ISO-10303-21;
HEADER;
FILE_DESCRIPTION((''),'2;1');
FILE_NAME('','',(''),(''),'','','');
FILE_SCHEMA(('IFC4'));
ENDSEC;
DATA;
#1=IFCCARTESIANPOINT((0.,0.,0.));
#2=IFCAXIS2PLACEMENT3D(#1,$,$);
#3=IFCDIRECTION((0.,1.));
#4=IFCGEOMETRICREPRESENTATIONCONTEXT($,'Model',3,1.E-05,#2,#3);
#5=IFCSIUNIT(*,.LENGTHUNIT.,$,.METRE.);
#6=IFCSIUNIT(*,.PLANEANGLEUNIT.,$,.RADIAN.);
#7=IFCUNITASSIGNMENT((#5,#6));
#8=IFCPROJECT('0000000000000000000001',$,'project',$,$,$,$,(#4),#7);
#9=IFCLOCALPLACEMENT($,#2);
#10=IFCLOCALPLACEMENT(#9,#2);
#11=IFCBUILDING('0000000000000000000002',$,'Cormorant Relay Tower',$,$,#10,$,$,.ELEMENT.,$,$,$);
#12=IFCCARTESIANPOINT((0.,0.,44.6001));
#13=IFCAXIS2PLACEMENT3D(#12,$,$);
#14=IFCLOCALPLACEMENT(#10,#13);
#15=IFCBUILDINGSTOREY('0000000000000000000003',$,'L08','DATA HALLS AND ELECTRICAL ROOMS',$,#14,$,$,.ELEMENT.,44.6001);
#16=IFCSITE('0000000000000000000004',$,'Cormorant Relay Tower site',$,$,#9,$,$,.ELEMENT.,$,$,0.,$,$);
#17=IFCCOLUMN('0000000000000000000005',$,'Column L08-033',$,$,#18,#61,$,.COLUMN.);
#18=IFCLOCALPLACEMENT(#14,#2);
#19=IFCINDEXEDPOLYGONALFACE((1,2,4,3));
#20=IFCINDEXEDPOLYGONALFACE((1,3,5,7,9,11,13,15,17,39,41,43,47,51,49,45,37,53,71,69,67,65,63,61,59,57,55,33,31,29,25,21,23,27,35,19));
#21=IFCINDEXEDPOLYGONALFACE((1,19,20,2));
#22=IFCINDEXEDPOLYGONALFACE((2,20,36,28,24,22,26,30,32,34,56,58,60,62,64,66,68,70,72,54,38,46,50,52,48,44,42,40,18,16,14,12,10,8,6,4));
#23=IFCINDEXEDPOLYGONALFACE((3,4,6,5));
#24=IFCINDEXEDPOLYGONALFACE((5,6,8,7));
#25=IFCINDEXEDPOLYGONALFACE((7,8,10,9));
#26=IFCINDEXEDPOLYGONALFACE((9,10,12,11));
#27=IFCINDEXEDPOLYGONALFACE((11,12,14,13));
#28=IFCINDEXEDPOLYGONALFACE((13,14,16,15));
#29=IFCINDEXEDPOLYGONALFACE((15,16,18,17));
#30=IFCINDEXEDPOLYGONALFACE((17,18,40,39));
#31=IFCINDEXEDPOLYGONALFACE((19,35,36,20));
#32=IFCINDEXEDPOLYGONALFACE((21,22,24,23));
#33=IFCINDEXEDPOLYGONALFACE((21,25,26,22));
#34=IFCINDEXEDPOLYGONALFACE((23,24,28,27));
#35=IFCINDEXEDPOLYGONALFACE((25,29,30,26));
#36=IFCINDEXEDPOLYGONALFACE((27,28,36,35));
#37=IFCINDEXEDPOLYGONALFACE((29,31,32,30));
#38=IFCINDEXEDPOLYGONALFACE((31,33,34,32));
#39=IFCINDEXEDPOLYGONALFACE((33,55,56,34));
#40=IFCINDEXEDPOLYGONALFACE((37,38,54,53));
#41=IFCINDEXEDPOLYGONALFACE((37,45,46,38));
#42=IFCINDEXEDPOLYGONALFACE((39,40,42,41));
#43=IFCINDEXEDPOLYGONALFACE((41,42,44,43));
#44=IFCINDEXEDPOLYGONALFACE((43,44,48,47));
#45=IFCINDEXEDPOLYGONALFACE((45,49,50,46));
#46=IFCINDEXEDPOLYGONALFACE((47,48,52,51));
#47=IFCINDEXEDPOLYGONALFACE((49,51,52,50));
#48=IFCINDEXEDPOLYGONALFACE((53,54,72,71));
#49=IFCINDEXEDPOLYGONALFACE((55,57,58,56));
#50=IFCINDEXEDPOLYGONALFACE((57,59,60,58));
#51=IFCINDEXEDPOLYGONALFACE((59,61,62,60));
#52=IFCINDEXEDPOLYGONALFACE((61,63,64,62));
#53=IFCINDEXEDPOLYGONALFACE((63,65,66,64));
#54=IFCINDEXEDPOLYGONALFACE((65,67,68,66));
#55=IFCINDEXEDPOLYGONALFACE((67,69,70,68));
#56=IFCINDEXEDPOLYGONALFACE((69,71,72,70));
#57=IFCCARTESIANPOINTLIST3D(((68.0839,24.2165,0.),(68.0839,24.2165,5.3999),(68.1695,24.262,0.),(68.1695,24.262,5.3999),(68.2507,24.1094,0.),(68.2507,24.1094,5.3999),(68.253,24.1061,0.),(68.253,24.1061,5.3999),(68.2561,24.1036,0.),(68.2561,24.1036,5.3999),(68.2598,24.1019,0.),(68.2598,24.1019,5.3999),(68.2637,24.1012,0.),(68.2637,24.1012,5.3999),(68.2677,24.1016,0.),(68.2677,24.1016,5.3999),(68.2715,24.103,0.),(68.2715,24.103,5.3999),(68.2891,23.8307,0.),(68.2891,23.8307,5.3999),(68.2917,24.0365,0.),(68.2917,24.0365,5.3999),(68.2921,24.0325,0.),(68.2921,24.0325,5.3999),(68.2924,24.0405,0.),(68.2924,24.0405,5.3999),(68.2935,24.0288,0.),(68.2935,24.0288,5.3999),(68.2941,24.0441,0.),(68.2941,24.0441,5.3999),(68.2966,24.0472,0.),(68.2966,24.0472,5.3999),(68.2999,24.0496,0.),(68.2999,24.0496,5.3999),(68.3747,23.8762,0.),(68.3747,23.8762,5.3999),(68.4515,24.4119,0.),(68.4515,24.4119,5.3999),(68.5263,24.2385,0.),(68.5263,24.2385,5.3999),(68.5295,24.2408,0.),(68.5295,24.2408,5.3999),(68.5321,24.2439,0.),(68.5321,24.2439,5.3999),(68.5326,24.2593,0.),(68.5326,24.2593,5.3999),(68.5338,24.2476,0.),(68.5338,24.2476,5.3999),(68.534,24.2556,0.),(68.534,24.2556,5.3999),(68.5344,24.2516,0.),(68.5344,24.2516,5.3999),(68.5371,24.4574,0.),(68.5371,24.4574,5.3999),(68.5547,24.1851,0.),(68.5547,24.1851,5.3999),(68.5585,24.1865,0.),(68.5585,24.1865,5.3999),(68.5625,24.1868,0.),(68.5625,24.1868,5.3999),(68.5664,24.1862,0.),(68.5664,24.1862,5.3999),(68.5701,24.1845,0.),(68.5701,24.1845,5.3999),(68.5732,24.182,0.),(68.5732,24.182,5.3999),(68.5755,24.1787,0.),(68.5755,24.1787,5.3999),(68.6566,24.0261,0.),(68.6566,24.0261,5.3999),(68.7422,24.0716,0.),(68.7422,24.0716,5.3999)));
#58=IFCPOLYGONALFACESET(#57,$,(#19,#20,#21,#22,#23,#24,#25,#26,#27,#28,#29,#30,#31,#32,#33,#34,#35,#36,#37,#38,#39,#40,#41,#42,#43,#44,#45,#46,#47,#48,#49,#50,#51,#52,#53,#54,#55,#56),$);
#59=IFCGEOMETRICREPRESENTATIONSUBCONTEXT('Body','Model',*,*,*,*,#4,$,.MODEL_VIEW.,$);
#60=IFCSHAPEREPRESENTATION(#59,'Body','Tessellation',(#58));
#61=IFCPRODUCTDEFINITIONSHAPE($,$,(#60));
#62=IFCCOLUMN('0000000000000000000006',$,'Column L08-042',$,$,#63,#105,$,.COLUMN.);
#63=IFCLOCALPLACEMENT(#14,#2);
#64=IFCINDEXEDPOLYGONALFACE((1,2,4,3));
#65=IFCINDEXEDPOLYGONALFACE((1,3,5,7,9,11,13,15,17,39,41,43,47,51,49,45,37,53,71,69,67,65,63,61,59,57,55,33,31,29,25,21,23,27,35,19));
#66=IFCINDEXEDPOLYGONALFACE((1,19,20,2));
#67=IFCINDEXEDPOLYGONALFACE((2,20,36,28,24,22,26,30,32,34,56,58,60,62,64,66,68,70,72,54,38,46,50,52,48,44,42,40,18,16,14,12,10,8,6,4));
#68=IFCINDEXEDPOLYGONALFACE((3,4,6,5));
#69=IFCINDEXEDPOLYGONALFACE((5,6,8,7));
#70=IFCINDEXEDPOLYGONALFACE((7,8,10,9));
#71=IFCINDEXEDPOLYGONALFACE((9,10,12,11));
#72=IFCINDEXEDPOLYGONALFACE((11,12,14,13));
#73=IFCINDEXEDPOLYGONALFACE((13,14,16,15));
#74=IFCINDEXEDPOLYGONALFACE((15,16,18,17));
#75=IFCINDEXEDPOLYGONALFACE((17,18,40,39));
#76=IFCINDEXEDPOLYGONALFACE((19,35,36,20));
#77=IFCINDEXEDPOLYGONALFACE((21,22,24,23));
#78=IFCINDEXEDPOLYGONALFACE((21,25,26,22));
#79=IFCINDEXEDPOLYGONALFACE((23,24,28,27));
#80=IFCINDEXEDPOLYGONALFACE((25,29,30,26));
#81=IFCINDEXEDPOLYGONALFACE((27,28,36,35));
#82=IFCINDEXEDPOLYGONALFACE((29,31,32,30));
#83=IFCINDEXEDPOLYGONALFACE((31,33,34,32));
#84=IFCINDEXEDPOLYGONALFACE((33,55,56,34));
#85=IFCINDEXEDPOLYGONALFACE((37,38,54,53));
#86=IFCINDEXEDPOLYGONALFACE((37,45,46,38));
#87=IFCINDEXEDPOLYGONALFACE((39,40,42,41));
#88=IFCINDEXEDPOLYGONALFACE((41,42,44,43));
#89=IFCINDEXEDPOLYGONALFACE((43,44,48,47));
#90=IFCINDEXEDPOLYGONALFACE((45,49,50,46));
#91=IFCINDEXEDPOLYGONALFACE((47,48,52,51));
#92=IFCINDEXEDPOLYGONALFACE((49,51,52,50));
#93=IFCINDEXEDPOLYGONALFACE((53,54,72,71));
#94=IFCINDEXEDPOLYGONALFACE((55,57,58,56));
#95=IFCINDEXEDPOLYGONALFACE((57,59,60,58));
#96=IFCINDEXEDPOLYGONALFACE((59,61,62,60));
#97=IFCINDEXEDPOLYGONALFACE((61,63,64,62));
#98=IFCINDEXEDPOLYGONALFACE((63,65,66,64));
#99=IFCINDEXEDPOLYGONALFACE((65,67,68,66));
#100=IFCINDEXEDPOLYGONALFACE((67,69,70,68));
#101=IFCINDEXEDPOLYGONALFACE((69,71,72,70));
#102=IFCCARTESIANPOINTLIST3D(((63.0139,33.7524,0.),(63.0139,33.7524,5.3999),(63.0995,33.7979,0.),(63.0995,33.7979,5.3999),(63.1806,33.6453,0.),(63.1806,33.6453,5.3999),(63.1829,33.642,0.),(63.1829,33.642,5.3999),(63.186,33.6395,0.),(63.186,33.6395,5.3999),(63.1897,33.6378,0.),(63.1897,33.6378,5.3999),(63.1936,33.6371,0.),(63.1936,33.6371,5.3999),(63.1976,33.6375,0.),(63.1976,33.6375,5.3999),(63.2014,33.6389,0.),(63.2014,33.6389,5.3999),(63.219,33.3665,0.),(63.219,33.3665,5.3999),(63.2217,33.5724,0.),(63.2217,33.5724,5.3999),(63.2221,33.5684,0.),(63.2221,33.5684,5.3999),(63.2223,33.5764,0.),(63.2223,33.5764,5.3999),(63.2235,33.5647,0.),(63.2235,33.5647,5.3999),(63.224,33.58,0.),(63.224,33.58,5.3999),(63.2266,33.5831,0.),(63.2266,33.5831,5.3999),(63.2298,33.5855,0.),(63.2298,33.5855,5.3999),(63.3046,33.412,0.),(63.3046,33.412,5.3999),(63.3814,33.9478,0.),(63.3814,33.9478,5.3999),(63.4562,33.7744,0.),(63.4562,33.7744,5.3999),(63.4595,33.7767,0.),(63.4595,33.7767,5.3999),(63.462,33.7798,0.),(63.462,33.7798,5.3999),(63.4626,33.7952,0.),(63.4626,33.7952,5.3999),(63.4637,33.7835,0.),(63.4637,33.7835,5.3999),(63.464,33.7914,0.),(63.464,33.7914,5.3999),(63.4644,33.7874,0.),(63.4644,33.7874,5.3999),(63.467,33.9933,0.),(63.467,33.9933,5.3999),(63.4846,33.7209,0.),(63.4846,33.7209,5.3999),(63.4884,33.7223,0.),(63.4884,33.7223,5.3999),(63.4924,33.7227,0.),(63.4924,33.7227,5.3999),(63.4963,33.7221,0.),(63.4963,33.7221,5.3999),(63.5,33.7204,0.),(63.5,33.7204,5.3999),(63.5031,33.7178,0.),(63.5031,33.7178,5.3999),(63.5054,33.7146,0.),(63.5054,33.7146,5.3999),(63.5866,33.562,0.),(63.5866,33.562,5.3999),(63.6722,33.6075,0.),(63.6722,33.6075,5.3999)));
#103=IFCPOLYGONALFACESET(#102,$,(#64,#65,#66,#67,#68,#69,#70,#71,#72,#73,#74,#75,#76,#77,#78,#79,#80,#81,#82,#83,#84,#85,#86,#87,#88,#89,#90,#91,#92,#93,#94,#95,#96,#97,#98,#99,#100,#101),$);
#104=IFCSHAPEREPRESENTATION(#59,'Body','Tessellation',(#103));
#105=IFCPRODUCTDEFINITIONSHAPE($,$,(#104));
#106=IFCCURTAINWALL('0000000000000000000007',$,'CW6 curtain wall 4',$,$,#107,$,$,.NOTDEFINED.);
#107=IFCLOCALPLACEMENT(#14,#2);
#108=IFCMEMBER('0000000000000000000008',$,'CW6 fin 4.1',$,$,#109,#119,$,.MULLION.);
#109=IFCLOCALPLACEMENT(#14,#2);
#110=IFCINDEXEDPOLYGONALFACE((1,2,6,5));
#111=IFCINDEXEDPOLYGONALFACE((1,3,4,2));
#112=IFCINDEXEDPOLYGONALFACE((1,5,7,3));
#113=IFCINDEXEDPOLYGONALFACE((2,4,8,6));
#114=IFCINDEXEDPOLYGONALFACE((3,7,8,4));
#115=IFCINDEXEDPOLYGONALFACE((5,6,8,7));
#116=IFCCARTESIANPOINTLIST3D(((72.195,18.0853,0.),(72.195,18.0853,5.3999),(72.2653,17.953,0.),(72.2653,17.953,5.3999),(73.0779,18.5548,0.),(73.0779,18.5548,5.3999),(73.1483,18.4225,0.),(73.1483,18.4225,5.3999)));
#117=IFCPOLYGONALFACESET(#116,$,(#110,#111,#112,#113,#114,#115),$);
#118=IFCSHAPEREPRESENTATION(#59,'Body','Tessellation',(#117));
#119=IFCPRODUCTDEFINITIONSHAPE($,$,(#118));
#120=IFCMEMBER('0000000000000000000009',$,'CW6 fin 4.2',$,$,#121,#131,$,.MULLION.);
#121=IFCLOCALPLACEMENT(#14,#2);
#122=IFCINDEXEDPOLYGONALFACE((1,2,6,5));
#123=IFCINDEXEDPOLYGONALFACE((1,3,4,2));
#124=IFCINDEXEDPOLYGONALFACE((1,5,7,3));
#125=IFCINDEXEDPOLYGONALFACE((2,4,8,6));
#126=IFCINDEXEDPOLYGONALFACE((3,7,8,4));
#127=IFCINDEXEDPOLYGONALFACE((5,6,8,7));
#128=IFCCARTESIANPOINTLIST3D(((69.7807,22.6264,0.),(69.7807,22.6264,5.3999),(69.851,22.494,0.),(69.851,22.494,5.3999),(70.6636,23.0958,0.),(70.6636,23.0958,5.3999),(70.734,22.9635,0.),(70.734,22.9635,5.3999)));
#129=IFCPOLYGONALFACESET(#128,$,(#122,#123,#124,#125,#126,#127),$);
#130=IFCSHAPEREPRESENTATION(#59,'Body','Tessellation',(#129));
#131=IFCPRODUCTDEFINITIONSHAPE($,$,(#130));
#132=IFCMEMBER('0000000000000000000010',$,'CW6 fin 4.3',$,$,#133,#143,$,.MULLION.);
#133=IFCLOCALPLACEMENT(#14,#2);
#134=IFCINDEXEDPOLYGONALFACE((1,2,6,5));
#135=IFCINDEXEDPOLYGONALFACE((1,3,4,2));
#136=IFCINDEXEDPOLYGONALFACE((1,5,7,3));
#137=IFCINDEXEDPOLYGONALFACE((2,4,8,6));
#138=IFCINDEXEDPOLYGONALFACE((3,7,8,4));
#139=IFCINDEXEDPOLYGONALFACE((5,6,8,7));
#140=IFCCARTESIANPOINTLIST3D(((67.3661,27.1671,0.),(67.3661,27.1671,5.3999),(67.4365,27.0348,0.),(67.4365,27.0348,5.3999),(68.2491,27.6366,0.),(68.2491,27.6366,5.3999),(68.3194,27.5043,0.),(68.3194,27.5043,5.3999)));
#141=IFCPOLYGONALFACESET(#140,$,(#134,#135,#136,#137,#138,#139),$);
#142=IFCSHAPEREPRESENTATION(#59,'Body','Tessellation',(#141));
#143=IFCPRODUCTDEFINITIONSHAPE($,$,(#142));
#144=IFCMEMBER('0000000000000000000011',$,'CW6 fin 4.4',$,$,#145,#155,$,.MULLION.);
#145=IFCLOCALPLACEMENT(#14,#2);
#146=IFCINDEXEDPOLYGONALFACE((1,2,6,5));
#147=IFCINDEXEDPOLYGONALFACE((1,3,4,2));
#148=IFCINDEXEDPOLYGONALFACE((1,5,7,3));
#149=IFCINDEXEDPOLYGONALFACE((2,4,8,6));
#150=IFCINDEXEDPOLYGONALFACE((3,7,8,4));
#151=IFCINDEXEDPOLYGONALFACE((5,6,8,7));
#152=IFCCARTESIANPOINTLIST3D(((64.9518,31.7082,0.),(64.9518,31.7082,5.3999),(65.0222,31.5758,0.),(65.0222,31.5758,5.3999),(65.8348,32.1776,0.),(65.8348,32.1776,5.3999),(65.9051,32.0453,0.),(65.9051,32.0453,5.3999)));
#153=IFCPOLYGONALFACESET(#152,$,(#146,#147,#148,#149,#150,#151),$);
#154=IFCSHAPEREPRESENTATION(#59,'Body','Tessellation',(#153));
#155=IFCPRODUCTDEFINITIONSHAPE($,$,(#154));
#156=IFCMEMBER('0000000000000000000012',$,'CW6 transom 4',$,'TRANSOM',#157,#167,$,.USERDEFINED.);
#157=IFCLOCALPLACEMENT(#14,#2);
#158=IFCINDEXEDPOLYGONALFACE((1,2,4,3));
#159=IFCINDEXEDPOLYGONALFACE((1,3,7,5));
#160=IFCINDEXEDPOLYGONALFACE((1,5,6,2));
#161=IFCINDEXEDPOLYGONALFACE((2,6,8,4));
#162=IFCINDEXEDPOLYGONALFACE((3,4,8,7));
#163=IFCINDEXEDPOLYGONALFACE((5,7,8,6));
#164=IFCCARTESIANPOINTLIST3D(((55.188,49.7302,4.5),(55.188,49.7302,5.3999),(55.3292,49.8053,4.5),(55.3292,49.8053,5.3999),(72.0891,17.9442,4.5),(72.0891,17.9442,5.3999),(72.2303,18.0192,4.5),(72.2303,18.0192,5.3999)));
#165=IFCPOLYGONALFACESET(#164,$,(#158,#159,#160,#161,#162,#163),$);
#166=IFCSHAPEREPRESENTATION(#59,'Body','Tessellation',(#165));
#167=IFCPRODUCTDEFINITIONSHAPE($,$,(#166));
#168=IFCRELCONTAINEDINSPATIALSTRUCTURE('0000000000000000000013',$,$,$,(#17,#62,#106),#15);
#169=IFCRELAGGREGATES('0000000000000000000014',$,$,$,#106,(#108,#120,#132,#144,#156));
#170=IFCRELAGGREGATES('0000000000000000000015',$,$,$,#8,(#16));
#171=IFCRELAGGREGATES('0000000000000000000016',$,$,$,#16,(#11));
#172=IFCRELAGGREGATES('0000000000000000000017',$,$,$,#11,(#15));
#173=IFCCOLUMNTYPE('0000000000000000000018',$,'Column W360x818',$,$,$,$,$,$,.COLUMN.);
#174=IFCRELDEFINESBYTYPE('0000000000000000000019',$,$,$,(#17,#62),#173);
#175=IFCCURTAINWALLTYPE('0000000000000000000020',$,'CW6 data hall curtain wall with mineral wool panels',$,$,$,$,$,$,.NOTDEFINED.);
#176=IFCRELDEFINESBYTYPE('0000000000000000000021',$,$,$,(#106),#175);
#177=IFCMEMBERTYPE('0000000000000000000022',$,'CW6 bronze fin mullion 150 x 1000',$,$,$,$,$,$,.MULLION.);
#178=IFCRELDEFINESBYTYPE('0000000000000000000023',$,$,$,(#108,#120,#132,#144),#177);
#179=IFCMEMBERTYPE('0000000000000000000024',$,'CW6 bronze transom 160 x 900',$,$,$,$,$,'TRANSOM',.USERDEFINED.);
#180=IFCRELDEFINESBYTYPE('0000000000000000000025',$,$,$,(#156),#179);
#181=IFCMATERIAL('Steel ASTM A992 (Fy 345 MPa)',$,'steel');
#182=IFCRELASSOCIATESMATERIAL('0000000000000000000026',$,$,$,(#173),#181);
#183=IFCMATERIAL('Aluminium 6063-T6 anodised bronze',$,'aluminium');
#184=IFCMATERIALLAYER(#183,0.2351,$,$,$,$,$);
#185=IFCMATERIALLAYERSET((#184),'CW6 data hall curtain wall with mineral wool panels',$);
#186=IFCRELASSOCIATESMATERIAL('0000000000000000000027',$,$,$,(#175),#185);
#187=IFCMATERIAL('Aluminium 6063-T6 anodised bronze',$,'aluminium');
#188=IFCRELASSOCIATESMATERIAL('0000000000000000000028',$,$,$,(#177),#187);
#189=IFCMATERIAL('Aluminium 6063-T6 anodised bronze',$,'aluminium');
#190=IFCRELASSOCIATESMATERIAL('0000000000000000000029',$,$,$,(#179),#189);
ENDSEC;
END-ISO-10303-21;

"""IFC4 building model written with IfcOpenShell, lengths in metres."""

from ifc_helpers import new_model, si_unit, direction, frame, origin, origin_2d, place, context, subcontext, project, spatial, rectangle, i_section, extrude, material, layer, layer_set, material_profile, profile_set, type_object, element, aggregate, save


model = new_model("IFC4")

# Units and contexts
model_context = context("Model", 3, precision=1e-05, world=origin(), true_north=direction((0.0, 1.0)))
body_context = subcontext(model_context, "Body", "Model", "MODEL_VIEW")
ifc_project = project(units=[si_unit("LENGTHUNIT", "METRE"), si_unit("PLANEANGLEUNIT", "RADIAN")], contexts=[model_context])

# Site, building, storey
site_placement = place(None, origin())
site = spatial("IfcSite", under=ifc_project, at=site_placement, Name="Cormorant Relay Tower site", CompositionType="ELEMENT", RefElevation=0.0)
building_placement = place(site_placement, origin())
building = spatial("IfcBuilding", under=site, at=building_placement, Name="Cormorant Relay Tower", CompositionType="ELEMENT")
storey_placement = place(building_placement, frame((0.0, 0.0, 44.6001)))
storey = spatial("IfcBuildingStorey", under=building, at=storey_placement, Name="L08", Description="DATA HALLS AND ELECTRICAL ROOMS", CompositionType="ELEMENT", Elevation=44.6001)

# Columns
ifc_material_1 = material(Name="Steel ASTM A992 (Fy 345 MPa)", Category="steel")
ifc_material_profile_1 = material_profile(ifc_material_1, i_section(OverallWidth=0.437, OverallDepth=0.5132, WebThickness=0.0605, FlangeThickness=0.0969, FilletRadius=0.0154, at=origin_2d()), Name="W360x818")
ifc_profile_set_1 = profile_set([ifc_material_profile_1], Name="Steel ASTM A992 (Fy 345 MPa)")
column_type_1 = type_object("IfcColumnType", Name="Column W360x818", PredefinedType="COLUMN", material=ifc_profile_set_1)
for number, where, z_axis, x_axis, name in (
    (1, (68.4131, 24.144, 0.0), (0.0, 0.0, 1.0), (-0.469472, 0.882948, 0.0), "Column L08-033"),
    (2, (63.343, 33.6799, 0.0), (0.0, 0.0, 1.0), (-0.469472, 0.882948, 0.0), "Column L08-042"),
):
    element("IfcColumn", number, at=place(storey_placement, frame(where, z_axis=z_axis, x_axis=x_axis)), inside=storey, type_object=column_type_1, Name=name, PredefinedType="COLUMN", context=body_context, shape_type="SweptSolid", body=[
        extrude(i_section(OverallWidth=0.437, OverallDepth=0.5132, WebThickness=0.0605, FlangeThickness=0.0969, FilletRadius=0.0154, at=origin_2d()), origin(), (0.0, 0.0, 1.0), 5.3999),
    ])

# Curtain wall, members
ifc_material_2 = material(Name="Aluminium 6063-T6 anodised bronze", Category="aluminium")
ifc_layer_1 = layer(ifc_material_2, 0.2351)
ifc_layer_set_1 = layer_set([ifc_layer_1], Name="CW6 data hall curtain wall with mineral wool panels")
curtain_wall_type = type_object("IfcCurtainWallType", Name="CW6 data hall curtain wall with mineral wool panels", PredefinedType="NOTDEFINED", material=ifc_layer_set_1)
curtain_wall_1_placement = place(storey_placement, origin())
curtain_wall_1 = element("IfcCurtainWall", 3, at=curtain_wall_1_placement, inside=storey, type_object=curtain_wall_type, Name="CW6 curtain wall 4", PredefinedType="NOTDEFINED")
ifc_material_3 = material(Name="Aluminium 6063-T6 anodised bronze", Category="aluminium")
ifc_material_profile_2 = material_profile(ifc_material_3, rectangle(XDim=0.1499, YDim=1.0, at=origin_2d()), Name="AL 150x1000")
ifc_profile_set_2 = profile_set([ifc_material_profile_2], Name="Aluminium 6063-T6 anodised bronze")
member_type_1 = type_object("IfcMemberType", Name="CW6 bronze fin mullion 150 x 1000", PredefinedType="MULLION", material=ifc_profile_set_2)
member_1_placement = place(storey_placement, frame((72.6716, 18.2539, 0.0), z_axis=(0.0, 0.0, 1.0), x_axis=(-0.469472, 0.882948, 0.0)))
member_1 = element("IfcMember", 4, at=member_1_placement, type_object=member_type_1, Name="CW6 fin 4.1", PredefinedType="MULLION", context=body_context, shape_type="SweptSolid", body=[
    extrude(rectangle(XDim=0.1499, YDim=1.0, at=origin_2d()), origin(), (0.0, 0.0, 1.0), 5.3999),
])
member_2_placement = place(storey_placement, frame((70.2573, 22.7949, 0.0), z_axis=(0.0, 0.0, 1.0), x_axis=(-0.469472, 0.882948, 0.0)))
member_2 = element("IfcMember", 5, at=member_2_placement, type_object=member_type_1, Name="CW6 fin 4.2", PredefinedType="MULLION", context=body_context, shape_type="SweptSolid", body=[
    extrude(rectangle(XDim=0.1499, YDim=1.0, at=origin_2d()), origin(), (0.0, 0.0, 1.0), 5.3999),
])
member_3_placement = place(storey_placement, frame((67.8428, 27.3357, 0.0), z_axis=(0.0, 0.0, 1.0), x_axis=(-0.469472, 0.882948, 0.0)))
member_3 = element("IfcMember", 6, at=member_3_placement, type_object=member_type_1, Name="CW6 fin 4.3", PredefinedType="MULLION", context=body_context, shape_type="SweptSolid", body=[
    extrude(rectangle(XDim=0.1499, YDim=1.0, at=origin_2d()), origin(), (0.0, 0.0, 1.0), 5.3999),
])
member_4_placement = place(storey_placement, frame((65.4285, 31.8767, 0.0), z_axis=(0.0, 0.0, 1.0), x_axis=(-0.469472, 0.882948, 0.0)))
member_4 = element("IfcMember", 7, at=member_4_placement, type_object=member_type_1, Name="CW6 fin 4.4", PredefinedType="MULLION", context=body_context, shape_type="SweptSolid", body=[
    extrude(rectangle(XDim=0.1499, YDim=1.0, at=origin_2d()), origin(), (0.0, 0.0, 1.0), 5.3999),
])
ifc_material_4 = material(Name="Aluminium 6063-T6 anodised bronze", Category="aluminium")
ifc_material_profile_3 = material_profile(ifc_material_4, rectangle(XDim=0.1599, YDim=0.8999, at=origin_2d()), Name="AL 160x900")
ifc_profile_set_3 = profile_set([ifc_material_profile_3], Name="Aluminium 6063-T6 anodised bronze")
member_type_2 = type_object("IfcMemberType", Name="CW6 bronze transom 160 x 900", ElementType="TRANSOM", PredefinedType="USERDEFINED", material=ifc_profile_set_3)
member_5_placement = place(storey_placement, frame((72.1597, 17.9817, 4.95), z_axis=(-0.469475, 0.882946, 0.0), x_axis=(-0.882946, -0.469475, 0.0)))
member_5 = element("IfcMember", 8, at=member_5_placement, type_object=member_type_2, Name="CW6 transom 4", ObjectType="TRANSOM", PredefinedType="USERDEFINED", context=body_context, shape_type="SweptSolid", body=[
    extrude(rectangle(XDim=0.1599, YDim=0.8999, at=origin_2d()), origin(), (0.0, 0.0, 1.0), 36.0),
])

aggregate(curtain_wall_1, [member_1, member_2, member_3, member_4, member_5])

save(model, "model.ifc")
